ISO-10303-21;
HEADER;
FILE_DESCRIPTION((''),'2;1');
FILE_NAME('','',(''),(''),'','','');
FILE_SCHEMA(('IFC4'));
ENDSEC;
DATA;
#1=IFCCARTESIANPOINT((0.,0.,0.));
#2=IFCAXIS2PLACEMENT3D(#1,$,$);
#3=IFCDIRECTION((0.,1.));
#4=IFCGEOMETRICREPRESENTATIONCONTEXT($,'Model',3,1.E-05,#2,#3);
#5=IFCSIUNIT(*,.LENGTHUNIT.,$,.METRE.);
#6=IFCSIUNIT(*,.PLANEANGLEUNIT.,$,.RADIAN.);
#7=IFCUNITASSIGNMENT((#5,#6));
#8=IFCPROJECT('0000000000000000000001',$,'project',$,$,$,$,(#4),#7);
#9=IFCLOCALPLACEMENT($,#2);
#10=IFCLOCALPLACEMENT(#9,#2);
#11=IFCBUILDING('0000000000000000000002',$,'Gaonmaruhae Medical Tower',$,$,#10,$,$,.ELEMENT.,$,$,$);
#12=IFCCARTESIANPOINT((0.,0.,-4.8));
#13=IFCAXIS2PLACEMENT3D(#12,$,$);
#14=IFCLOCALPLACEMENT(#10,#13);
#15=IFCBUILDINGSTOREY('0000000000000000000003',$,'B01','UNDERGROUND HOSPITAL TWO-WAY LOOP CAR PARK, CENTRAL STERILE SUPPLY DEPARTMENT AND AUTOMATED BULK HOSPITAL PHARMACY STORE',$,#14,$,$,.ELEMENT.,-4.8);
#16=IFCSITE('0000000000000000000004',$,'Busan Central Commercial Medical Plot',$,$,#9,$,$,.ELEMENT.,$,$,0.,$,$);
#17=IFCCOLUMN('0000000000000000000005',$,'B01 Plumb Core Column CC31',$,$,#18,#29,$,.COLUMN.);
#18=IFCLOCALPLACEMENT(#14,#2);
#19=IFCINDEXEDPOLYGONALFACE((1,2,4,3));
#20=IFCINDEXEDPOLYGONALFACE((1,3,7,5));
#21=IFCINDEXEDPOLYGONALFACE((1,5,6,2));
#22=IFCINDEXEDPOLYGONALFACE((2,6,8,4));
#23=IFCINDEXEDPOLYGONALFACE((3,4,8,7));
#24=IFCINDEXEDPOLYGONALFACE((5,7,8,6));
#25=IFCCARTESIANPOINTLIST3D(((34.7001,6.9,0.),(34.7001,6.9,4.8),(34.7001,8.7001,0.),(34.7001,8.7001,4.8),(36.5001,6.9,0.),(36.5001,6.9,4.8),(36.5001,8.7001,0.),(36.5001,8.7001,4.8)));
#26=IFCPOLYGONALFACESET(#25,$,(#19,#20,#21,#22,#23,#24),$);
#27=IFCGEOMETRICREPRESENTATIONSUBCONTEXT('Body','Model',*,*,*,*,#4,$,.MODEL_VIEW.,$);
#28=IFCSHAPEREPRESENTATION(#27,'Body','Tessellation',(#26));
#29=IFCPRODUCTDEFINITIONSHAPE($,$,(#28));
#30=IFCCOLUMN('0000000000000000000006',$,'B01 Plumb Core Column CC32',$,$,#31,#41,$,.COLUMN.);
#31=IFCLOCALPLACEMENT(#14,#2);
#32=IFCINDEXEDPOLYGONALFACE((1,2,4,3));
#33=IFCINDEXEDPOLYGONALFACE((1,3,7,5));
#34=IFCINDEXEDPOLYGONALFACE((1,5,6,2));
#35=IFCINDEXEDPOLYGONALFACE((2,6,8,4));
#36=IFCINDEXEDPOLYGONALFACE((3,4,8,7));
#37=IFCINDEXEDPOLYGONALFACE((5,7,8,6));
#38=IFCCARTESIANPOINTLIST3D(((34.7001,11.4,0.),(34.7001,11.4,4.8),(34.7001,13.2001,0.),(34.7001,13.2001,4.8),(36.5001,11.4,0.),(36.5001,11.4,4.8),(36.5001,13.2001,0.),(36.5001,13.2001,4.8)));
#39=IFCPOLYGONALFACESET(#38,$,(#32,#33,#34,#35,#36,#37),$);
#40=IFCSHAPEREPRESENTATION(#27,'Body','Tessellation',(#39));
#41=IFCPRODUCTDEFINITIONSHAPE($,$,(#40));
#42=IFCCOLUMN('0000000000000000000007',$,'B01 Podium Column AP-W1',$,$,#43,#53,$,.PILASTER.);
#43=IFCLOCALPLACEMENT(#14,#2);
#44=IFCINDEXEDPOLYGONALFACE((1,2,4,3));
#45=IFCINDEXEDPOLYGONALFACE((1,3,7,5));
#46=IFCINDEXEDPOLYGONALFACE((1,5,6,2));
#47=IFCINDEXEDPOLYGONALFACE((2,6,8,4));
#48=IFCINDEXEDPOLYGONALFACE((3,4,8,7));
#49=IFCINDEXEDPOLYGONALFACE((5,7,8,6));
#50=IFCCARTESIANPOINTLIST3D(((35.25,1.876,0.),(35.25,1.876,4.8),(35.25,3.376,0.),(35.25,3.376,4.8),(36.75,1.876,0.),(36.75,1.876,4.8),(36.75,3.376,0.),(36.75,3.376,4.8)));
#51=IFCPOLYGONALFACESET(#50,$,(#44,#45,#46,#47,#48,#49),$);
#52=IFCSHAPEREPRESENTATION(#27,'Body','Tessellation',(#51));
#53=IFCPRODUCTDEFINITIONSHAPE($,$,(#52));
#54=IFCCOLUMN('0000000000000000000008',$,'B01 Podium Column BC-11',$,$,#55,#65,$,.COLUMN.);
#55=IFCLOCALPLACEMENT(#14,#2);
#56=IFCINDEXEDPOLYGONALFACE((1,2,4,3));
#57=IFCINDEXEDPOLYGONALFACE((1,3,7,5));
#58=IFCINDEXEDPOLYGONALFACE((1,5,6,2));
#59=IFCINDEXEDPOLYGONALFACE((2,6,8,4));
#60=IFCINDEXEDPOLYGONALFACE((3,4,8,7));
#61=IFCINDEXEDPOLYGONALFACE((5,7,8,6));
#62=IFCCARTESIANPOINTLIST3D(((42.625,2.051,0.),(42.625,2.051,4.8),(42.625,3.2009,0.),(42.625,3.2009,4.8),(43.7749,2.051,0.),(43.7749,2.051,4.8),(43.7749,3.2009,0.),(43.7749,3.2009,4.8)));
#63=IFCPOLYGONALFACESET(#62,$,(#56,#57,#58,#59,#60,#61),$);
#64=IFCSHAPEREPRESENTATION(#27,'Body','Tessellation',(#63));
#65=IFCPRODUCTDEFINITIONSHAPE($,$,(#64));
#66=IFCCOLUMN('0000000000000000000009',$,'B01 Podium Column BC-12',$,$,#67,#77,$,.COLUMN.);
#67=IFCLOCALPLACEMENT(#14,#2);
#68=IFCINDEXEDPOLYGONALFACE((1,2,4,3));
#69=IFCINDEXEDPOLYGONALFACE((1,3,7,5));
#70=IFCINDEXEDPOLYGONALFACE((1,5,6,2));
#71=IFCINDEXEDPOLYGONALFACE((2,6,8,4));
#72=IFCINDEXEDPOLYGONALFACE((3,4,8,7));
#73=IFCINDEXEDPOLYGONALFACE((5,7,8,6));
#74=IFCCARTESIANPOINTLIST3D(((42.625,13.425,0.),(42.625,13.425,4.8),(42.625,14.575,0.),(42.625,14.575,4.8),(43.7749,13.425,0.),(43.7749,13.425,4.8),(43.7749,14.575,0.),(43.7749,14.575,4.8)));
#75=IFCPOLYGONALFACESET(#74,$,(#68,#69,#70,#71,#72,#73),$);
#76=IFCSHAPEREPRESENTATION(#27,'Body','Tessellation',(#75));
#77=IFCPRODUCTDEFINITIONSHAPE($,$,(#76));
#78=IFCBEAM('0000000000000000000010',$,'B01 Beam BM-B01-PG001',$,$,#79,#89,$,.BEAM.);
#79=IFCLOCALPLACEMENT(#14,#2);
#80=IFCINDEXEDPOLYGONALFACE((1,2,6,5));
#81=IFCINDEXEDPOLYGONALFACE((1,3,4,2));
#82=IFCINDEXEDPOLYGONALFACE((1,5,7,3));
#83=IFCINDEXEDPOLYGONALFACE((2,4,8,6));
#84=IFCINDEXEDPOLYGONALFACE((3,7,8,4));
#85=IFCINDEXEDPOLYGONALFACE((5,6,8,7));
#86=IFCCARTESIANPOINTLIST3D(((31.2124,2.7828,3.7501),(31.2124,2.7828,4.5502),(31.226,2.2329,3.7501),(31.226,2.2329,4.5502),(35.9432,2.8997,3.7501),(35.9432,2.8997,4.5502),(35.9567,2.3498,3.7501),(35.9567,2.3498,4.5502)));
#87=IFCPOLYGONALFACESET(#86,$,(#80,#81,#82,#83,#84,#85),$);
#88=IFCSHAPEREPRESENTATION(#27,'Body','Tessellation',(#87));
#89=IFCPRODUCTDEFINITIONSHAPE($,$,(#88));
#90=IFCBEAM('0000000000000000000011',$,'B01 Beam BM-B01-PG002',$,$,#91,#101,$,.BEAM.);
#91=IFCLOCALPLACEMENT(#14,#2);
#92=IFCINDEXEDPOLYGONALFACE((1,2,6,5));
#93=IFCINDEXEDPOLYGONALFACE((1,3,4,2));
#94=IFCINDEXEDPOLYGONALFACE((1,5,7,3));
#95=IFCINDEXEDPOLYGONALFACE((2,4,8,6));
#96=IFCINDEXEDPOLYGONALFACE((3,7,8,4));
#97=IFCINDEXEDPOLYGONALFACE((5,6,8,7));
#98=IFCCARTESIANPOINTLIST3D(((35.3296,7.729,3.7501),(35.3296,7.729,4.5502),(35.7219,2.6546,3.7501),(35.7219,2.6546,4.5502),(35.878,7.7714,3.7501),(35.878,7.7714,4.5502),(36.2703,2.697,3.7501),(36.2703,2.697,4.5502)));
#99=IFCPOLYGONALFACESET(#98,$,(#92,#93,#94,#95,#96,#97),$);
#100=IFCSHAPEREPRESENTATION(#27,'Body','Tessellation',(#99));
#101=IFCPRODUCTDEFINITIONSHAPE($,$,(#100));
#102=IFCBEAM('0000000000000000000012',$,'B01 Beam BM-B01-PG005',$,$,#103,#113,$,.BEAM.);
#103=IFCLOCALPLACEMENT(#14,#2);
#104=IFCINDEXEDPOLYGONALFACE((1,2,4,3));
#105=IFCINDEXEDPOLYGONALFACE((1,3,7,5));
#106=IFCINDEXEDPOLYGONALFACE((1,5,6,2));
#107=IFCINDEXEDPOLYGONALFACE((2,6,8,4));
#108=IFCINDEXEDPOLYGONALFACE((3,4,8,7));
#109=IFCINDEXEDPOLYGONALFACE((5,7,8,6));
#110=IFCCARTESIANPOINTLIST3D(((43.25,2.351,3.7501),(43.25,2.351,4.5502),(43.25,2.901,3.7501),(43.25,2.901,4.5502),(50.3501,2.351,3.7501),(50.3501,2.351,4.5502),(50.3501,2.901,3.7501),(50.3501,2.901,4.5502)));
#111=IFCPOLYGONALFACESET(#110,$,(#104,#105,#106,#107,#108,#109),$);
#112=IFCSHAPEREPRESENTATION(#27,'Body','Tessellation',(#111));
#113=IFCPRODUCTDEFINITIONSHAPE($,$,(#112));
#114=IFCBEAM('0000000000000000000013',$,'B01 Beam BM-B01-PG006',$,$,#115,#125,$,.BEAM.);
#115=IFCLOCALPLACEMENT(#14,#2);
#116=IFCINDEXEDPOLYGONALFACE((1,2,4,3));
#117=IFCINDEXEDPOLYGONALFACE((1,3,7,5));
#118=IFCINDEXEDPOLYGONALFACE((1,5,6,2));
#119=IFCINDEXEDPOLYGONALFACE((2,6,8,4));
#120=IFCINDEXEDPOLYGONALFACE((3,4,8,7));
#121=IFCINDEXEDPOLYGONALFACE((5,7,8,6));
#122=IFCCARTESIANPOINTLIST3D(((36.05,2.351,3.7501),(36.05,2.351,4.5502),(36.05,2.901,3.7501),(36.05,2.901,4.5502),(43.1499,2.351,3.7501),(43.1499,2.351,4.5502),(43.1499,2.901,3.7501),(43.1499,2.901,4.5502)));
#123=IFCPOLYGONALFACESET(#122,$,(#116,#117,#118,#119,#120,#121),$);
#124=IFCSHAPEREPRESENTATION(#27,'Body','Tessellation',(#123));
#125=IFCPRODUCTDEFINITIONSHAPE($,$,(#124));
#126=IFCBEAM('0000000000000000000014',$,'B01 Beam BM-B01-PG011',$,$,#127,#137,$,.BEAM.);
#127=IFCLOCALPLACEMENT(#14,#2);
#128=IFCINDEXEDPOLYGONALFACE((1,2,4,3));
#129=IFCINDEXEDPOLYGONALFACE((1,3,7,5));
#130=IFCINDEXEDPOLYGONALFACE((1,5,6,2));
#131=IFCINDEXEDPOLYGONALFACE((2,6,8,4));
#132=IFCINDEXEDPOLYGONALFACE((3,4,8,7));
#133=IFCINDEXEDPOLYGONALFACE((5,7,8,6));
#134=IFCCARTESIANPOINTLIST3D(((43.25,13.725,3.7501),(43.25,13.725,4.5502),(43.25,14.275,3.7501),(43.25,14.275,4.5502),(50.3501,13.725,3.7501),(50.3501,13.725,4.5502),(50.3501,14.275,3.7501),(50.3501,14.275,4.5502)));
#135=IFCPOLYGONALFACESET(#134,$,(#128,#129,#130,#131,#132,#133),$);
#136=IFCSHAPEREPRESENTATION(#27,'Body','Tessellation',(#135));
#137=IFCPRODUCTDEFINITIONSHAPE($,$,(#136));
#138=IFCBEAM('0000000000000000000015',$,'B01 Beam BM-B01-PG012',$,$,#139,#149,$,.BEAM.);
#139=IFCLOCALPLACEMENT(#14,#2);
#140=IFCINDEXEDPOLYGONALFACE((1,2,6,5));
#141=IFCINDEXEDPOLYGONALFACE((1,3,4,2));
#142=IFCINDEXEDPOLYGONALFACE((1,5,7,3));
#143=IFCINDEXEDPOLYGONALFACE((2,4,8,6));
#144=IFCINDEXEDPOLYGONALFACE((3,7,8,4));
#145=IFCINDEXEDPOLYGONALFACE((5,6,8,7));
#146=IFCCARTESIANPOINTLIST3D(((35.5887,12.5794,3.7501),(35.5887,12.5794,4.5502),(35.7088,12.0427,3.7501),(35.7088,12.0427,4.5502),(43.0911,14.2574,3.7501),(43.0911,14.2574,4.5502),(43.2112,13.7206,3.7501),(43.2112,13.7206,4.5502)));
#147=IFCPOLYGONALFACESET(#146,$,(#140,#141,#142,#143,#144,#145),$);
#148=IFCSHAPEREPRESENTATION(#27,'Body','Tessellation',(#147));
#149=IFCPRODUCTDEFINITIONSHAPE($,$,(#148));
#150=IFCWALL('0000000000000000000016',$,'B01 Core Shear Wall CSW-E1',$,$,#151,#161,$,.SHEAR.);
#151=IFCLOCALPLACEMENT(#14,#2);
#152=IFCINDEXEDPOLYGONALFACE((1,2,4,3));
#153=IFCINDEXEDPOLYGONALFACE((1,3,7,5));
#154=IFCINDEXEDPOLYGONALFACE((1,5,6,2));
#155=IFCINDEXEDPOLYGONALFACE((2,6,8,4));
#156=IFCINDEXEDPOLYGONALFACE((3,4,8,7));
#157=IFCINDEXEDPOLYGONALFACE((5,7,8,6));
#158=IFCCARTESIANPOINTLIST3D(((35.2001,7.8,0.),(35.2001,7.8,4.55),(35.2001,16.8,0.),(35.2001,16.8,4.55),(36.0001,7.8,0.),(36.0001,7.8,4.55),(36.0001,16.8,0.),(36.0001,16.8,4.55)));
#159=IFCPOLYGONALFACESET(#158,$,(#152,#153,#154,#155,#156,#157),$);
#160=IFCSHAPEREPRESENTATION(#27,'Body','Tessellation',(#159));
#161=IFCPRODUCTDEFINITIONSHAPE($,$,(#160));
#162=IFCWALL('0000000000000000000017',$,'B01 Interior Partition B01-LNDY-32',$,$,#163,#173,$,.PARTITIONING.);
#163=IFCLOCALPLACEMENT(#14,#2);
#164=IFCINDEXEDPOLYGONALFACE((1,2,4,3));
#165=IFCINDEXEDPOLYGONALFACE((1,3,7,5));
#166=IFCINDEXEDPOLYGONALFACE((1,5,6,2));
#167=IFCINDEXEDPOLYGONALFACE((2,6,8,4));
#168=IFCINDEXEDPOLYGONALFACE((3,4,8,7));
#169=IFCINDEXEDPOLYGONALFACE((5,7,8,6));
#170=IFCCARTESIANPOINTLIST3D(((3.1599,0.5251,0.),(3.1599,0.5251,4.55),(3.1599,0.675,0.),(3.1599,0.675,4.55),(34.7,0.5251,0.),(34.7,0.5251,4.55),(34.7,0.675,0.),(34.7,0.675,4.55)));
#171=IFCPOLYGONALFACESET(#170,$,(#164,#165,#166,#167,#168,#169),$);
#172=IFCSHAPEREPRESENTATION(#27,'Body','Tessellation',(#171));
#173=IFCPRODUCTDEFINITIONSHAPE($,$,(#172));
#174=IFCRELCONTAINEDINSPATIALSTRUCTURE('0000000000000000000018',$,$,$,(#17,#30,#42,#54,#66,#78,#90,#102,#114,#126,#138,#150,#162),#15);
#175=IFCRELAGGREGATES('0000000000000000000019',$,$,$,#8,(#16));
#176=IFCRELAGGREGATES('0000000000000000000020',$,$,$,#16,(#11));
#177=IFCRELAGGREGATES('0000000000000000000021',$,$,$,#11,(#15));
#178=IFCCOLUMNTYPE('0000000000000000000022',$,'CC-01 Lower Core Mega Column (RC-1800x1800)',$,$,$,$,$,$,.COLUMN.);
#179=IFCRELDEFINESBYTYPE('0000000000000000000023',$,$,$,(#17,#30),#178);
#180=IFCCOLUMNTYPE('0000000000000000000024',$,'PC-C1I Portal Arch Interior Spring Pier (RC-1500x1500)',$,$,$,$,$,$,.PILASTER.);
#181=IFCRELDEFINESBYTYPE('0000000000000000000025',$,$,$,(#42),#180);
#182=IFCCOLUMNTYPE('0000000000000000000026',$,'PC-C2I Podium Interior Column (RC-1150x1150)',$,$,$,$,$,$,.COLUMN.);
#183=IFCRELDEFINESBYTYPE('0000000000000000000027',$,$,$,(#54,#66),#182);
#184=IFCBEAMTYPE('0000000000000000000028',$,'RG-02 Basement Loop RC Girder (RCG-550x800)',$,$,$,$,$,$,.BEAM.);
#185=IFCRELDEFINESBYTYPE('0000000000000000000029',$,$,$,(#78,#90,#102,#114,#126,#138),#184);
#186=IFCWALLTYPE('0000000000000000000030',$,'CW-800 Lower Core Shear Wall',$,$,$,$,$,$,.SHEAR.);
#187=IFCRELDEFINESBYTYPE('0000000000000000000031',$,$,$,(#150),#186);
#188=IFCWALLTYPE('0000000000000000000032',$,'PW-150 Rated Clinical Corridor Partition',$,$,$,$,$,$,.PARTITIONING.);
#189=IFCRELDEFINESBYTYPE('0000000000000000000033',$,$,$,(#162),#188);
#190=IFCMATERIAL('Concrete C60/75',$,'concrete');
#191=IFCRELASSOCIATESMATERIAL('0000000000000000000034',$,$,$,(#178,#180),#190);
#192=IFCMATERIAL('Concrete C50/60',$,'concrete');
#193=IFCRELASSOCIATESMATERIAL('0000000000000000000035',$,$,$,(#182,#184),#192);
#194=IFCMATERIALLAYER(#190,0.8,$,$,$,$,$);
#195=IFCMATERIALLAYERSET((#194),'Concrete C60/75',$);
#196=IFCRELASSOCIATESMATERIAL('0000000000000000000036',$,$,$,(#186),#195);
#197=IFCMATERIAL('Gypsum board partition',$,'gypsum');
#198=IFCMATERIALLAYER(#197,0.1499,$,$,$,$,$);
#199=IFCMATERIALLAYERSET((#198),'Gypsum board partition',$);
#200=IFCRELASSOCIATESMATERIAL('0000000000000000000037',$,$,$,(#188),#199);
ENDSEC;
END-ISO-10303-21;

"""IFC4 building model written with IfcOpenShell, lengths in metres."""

from ifc_helpers import new_model, si_unit, direction, frame, frame_2d, origin, origin_2d, place, context, subcontext, project, spatial, rectangle, extrude, material, layer, layer_set, material_profile, profile_set, type_object, element, save


model = new_model("IFC4")

# Units and contexts
model_context = context("Model", 3, precision=1e-05, world=origin(), true_north=direction((0.0, 1.0)))
body_context = subcontext(model_context, "Body", "Model", "MODEL_VIEW")
ifc_project = project(units=[si_unit("LENGTHUNIT", "METRE"), si_unit("PLANEANGLEUNIT", "RADIAN")], contexts=[model_context])

# Site, building, storey
site_placement = place(None, origin())
site = spatial("IfcSite", under=ifc_project, at=site_placement, Name="Busan Central Commercial Medical Plot", CompositionType="ELEMENT", RefElevation=0.0)
building_placement = place(site_placement, origin())
building = spatial("IfcBuilding", under=site, at=building_placement, Name="Gaonmaruhae Medical Tower", CompositionType="ELEMENT")
storey_placement = place(building_placement, frame((0.0, 0.0, -4.8)))
storey = spatial("IfcBuildingStorey", under=building, at=storey_placement, Name="B01", Description="UNDERGROUND HOSPITAL TWO-WAY LOOP CAR PARK, CENTRAL STERILE SUPPLY DEPARTMENT AND AUTOMATED BULK HOSPITAL PHARMACY STORE", CompositionType="ELEMENT", Elevation=-4.8)

# Columns
ifc_material_1 = material(Name="Concrete C60/75", Category="concrete")
ifc_material_profile_1 = material_profile(ifc_material_1, rectangle(XDim=1.8, YDim=1.8, at=origin_2d()), Name="RC-1800x1800")
ifc_profile_set_1 = profile_set([ifc_material_profile_1], Name="Concrete C60/75")
column_type_1 = type_object("IfcColumnType", Name="CC-01 Lower Core Mega Column (RC-1800x1800)", PredefinedType="COLUMN", material=ifc_profile_set_1)
for number, where, z_axis, x_axis, name in (
    (1, (35.6001, 7.8, 0.0), (0.0, 0.0, 1.0), (1.0, 0.0, 0.0), "B01 Plumb Core Column CC31"),
    (2, (35.6001, 12.3, 0.0), (0.0, 0.0, 1.0), (1.0, 0.0, 0.0), "B01 Plumb Core Column CC32"),
):
    element("IfcColumn", number, at=place(storey_placement, frame(where, z_axis=z_axis, x_axis=x_axis)), inside=storey, type_object=column_type_1, Name=name, PredefinedType="COLUMN", context=body_context, shape_type="SweptSolid", body=[
        extrude(rectangle(XDim=1.8, YDim=1.8, at=origin_2d()), origin(), (0.0, 0.0, 1.0), 4.8),
    ])
ifc_material_profile_2 = material_profile(ifc_material_1, rectangle(XDim=1.5, YDim=1.5, at=origin_2d()), Name="RC-1500x1500")
ifc_profile_set_2 = profile_set([ifc_material_profile_2], Name="Concrete C60/75")
column_type_2 = type_object("IfcColumnType", Name="PC-C1I Portal Arch Interior Spring Pier (RC-1500x1500)", PredefinedType="PILASTER", material=ifc_profile_set_2)
column_placement = place(storey_placement, frame((36.0, 2.626, 0.0), z_axis=(0.0, 0.0, 1.0), x_axis=(1.0, 0.0, 0.0)))
element("IfcColumn", 3, at=column_placement, inside=storey, type_object=column_type_2, Name="B01 Podium Column AP-W1", PredefinedType="PILASTER", context=body_context, shape_type="SweptSolid", body=[
    extrude(rectangle(XDim=1.5, YDim=1.5, at=origin_2d()), origin(), (0.0, 0.0, 1.0), 4.8),
])
ifc_material_2 = material(Name="Concrete C50/60", Category="concrete")
ifc_material_profile_3 = material_profile(ifc_material_2, rectangle(XDim=1.1499, YDim=1.1499, at=origin_2d()), Name="RC-1150x1150")
ifc_profile_set_3 = profile_set([ifc_material_profile_3], Name="Concrete C50/60")
column_type_3 = type_object("IfcColumnType", Name="PC-C2I Podium Interior Column (RC-1150x1150)", PredefinedType="COLUMN", material=ifc_profile_set_3)
for number, where, z_axis, x_axis, name in (
    (4, (43.2, 2.626, 0.0), (0.0, 0.0, 1.0), (1.0, 0.0, 0.0), "B01 Podium Column BC-11"),
    (5, (43.2, 14.0, 0.0), (0.0, 0.0, 1.0), (1.0, 0.0, 0.0), "B01 Podium Column BC-12"),
):
    element("IfcColumn", number, at=place(storey_placement, frame(where, z_axis=z_axis, x_axis=x_axis)), inside=storey, type_object=column_type_3, Name=name, PredefinedType="COLUMN", context=body_context, shape_type="SweptSolid", body=[
        extrude(rectangle(XDim=1.1499, YDim=1.1499, at=origin_2d()), origin(), (0.0, 0.0, 1.0), 4.8),
    ])

# Beams
ifc_material_profile_4 = material_profile(ifc_material_2, rectangle(XDim=0.55, YDim=0.8, at=origin_2d()), Name="RCG-550x800")
ifc_profile_set_4 = profile_set([ifc_material_profile_4], Name="Concrete C50/60")
beam_type = type_object("IfcBeamType", Name="RG-02 Basement Loop RC Girder (RCG-550x800)", PredefinedType="BEAM", material=ifc_profile_set_4)
beam_1_placement = place(storey_placement, frame((35.95, 2.6248, 4.1501), z_axis=(-0.999695, -0.024712, 0.0), x_axis=(0.024712, -0.999695, 0.0)))
element("IfcBeam", 6, at=beam_1_placement, inside=storey, type_object=beam_type, Name="B01 Beam BM-B01-PG001", PredefinedType="BEAM", context=body_context, shape_type="SweptSolid", body=[
    extrude(rectangle(XDim=0.55, YDim=0.8, at=origin_2d()), origin(), (0.0, 0.0, 1.0), 4.7322),
])
beam_2_placement = place(storey_placement, frame((35.9961, 2.6758, 4.1501), z_axis=(-0.077085, 0.997024, 0.0), x_axis=(-0.997024, -0.077085, 0.0)))
element("IfcBeam", 7, at=beam_2_placement, inside=storey, type_object=beam_type, Name="B01 Beam BM-B01-PG002", PredefinedType="BEAM", context=body_context, shape_type="SweptSolid", body=[
    extrude(rectangle(XDim=0.55, YDim=0.8, at=origin_2d()), origin(), (0.0, 0.0, 1.0), 5.0896),
])
beam_3_placement = place(storey_placement, frame((43.25, 2.626, 4.1501), z_axis=(1.0, 0.0, 0.0), x_axis=(0.0, 1.0, 0.0)))
element("IfcBeam", 8, at=beam_3_placement, inside=storey, type_object=beam_type, Name="B01 Beam BM-B01-PG005", PredefinedType="BEAM", context=body_context, shape_type="SweptSolid", body=[
    extrude(rectangle(XDim=0.55, YDim=0.8, at=origin_2d()), origin(), (0.0, 0.0, 1.0), 7.1001),
])
beam_4_placement = place(storey_placement, frame((43.1499, 2.626, 4.1501), z_axis=(-1.0, 0.0, 0.0), x_axis=(0.0, -1.0, 0.0)))
element("IfcBeam", 9, at=beam_4_placement, inside=storey, type_object=beam_type, Name="B01 Beam BM-B01-PG006", PredefinedType="BEAM", context=body_context, shape_type="SweptSolid", body=[
    extrude(rectangle(XDim=0.55, YDim=0.8, at=origin_2d()), origin(), (0.0, 0.0, 1.0), 7.0999),
])
beam_5_placement = place(storey_placement, frame((43.25, 14.0, 4.1501), z_axis=(1.0, 0.0, 0.0), x_axis=(0.0, 1.0, 0.0)))
element("IfcBeam", 10, at=beam_5_placement, inside=storey, type_object=beam_type, Name="B01 Beam BM-B01-PG011", PredefinedType="BEAM", context=body_context, shape_type="SweptSolid", body=[
    extrude(rectangle(XDim=0.55, YDim=0.8, at=origin_2d()), origin(), (0.0, 0.0, 1.0), 7.1001),
])
beam_6_placement = place(storey_placement, frame((43.1511, 13.989, 4.1501), z_axis=(-0.97589, -0.218265, 0.0), x_axis=(0.218265, -0.97589, 0.0)))
element("IfcBeam", 11, at=beam_6_placement, inside=storey, type_object=beam_type, Name="B01 Beam BM-B01-PG012", PredefinedType="BEAM", context=body_context, shape_type="SweptSolid", body=[
    extrude(rectangle(XDim=0.55, YDim=0.8, at=origin_2d()), origin(), (0.0, 0.0, 1.0), 7.6877),
])

# Walls
ifc_layer_1 = layer(ifc_material_1, 0.8)
ifc_layer_set_1 = layer_set([ifc_layer_1], Name="Concrete C60/75")
wall_type_1 = type_object("IfcWallType", Name="CW-800 Lower Core Shear Wall", PredefinedType="SHEAR", material=ifc_layer_set_1)
wall_1_placement = place(storey_placement, frame((35.6001, 7.8, 0.0), z_axis=(0.0, 0.0, 1.0), x_axis=(0.0, 1.0, 0.0)))
element("IfcWall", 12, at=wall_1_placement, inside=storey, type_object=wall_type_1, Name="B01 Core Shear Wall CSW-E1", PredefinedType="SHEAR", context=body_context, shape_type="SweptSolid", body=[
    extrude(rectangle(XDim=9.0, YDim=0.8, at=frame_2d((4.5, 0.0))), origin(), (0.0, 0.0, 1.0), 4.55),
])
ifc_material_3 = material(Name="Gypsum board partition", Category="gypsum")
ifc_layer_2 = layer(ifc_material_3, 0.1499)
ifc_layer_set_2 = layer_set([ifc_layer_2], Name="Gypsum board partition")
wall_type_2 = type_object("IfcWallType", Name="PW-150 Rated Clinical Corridor Partition", PredefinedType="PARTITIONING", material=ifc_layer_set_2)
wall_2_placement = place(storey_placement, frame((34.7, 0.6001, 0.0), z_axis=(0.0, 0.0, 1.0), x_axis=(-1.0, 0.0, 0.0)))
element("IfcWall", 13, at=wall_2_placement, inside=storey, type_object=wall_type_2, Name="B01 Interior Partition B01-LNDY-32", PredefinedType="PARTITIONING", context=body_context, shape_type="SweptSolid", body=[
    extrude(rectangle(XDim=31.54, YDim=0.1499, at=frame_2d((15.77, 0.0))), origin(), (0.0, 0.0, 1.0), 4.55),
])

save(model, "model.ifc")
